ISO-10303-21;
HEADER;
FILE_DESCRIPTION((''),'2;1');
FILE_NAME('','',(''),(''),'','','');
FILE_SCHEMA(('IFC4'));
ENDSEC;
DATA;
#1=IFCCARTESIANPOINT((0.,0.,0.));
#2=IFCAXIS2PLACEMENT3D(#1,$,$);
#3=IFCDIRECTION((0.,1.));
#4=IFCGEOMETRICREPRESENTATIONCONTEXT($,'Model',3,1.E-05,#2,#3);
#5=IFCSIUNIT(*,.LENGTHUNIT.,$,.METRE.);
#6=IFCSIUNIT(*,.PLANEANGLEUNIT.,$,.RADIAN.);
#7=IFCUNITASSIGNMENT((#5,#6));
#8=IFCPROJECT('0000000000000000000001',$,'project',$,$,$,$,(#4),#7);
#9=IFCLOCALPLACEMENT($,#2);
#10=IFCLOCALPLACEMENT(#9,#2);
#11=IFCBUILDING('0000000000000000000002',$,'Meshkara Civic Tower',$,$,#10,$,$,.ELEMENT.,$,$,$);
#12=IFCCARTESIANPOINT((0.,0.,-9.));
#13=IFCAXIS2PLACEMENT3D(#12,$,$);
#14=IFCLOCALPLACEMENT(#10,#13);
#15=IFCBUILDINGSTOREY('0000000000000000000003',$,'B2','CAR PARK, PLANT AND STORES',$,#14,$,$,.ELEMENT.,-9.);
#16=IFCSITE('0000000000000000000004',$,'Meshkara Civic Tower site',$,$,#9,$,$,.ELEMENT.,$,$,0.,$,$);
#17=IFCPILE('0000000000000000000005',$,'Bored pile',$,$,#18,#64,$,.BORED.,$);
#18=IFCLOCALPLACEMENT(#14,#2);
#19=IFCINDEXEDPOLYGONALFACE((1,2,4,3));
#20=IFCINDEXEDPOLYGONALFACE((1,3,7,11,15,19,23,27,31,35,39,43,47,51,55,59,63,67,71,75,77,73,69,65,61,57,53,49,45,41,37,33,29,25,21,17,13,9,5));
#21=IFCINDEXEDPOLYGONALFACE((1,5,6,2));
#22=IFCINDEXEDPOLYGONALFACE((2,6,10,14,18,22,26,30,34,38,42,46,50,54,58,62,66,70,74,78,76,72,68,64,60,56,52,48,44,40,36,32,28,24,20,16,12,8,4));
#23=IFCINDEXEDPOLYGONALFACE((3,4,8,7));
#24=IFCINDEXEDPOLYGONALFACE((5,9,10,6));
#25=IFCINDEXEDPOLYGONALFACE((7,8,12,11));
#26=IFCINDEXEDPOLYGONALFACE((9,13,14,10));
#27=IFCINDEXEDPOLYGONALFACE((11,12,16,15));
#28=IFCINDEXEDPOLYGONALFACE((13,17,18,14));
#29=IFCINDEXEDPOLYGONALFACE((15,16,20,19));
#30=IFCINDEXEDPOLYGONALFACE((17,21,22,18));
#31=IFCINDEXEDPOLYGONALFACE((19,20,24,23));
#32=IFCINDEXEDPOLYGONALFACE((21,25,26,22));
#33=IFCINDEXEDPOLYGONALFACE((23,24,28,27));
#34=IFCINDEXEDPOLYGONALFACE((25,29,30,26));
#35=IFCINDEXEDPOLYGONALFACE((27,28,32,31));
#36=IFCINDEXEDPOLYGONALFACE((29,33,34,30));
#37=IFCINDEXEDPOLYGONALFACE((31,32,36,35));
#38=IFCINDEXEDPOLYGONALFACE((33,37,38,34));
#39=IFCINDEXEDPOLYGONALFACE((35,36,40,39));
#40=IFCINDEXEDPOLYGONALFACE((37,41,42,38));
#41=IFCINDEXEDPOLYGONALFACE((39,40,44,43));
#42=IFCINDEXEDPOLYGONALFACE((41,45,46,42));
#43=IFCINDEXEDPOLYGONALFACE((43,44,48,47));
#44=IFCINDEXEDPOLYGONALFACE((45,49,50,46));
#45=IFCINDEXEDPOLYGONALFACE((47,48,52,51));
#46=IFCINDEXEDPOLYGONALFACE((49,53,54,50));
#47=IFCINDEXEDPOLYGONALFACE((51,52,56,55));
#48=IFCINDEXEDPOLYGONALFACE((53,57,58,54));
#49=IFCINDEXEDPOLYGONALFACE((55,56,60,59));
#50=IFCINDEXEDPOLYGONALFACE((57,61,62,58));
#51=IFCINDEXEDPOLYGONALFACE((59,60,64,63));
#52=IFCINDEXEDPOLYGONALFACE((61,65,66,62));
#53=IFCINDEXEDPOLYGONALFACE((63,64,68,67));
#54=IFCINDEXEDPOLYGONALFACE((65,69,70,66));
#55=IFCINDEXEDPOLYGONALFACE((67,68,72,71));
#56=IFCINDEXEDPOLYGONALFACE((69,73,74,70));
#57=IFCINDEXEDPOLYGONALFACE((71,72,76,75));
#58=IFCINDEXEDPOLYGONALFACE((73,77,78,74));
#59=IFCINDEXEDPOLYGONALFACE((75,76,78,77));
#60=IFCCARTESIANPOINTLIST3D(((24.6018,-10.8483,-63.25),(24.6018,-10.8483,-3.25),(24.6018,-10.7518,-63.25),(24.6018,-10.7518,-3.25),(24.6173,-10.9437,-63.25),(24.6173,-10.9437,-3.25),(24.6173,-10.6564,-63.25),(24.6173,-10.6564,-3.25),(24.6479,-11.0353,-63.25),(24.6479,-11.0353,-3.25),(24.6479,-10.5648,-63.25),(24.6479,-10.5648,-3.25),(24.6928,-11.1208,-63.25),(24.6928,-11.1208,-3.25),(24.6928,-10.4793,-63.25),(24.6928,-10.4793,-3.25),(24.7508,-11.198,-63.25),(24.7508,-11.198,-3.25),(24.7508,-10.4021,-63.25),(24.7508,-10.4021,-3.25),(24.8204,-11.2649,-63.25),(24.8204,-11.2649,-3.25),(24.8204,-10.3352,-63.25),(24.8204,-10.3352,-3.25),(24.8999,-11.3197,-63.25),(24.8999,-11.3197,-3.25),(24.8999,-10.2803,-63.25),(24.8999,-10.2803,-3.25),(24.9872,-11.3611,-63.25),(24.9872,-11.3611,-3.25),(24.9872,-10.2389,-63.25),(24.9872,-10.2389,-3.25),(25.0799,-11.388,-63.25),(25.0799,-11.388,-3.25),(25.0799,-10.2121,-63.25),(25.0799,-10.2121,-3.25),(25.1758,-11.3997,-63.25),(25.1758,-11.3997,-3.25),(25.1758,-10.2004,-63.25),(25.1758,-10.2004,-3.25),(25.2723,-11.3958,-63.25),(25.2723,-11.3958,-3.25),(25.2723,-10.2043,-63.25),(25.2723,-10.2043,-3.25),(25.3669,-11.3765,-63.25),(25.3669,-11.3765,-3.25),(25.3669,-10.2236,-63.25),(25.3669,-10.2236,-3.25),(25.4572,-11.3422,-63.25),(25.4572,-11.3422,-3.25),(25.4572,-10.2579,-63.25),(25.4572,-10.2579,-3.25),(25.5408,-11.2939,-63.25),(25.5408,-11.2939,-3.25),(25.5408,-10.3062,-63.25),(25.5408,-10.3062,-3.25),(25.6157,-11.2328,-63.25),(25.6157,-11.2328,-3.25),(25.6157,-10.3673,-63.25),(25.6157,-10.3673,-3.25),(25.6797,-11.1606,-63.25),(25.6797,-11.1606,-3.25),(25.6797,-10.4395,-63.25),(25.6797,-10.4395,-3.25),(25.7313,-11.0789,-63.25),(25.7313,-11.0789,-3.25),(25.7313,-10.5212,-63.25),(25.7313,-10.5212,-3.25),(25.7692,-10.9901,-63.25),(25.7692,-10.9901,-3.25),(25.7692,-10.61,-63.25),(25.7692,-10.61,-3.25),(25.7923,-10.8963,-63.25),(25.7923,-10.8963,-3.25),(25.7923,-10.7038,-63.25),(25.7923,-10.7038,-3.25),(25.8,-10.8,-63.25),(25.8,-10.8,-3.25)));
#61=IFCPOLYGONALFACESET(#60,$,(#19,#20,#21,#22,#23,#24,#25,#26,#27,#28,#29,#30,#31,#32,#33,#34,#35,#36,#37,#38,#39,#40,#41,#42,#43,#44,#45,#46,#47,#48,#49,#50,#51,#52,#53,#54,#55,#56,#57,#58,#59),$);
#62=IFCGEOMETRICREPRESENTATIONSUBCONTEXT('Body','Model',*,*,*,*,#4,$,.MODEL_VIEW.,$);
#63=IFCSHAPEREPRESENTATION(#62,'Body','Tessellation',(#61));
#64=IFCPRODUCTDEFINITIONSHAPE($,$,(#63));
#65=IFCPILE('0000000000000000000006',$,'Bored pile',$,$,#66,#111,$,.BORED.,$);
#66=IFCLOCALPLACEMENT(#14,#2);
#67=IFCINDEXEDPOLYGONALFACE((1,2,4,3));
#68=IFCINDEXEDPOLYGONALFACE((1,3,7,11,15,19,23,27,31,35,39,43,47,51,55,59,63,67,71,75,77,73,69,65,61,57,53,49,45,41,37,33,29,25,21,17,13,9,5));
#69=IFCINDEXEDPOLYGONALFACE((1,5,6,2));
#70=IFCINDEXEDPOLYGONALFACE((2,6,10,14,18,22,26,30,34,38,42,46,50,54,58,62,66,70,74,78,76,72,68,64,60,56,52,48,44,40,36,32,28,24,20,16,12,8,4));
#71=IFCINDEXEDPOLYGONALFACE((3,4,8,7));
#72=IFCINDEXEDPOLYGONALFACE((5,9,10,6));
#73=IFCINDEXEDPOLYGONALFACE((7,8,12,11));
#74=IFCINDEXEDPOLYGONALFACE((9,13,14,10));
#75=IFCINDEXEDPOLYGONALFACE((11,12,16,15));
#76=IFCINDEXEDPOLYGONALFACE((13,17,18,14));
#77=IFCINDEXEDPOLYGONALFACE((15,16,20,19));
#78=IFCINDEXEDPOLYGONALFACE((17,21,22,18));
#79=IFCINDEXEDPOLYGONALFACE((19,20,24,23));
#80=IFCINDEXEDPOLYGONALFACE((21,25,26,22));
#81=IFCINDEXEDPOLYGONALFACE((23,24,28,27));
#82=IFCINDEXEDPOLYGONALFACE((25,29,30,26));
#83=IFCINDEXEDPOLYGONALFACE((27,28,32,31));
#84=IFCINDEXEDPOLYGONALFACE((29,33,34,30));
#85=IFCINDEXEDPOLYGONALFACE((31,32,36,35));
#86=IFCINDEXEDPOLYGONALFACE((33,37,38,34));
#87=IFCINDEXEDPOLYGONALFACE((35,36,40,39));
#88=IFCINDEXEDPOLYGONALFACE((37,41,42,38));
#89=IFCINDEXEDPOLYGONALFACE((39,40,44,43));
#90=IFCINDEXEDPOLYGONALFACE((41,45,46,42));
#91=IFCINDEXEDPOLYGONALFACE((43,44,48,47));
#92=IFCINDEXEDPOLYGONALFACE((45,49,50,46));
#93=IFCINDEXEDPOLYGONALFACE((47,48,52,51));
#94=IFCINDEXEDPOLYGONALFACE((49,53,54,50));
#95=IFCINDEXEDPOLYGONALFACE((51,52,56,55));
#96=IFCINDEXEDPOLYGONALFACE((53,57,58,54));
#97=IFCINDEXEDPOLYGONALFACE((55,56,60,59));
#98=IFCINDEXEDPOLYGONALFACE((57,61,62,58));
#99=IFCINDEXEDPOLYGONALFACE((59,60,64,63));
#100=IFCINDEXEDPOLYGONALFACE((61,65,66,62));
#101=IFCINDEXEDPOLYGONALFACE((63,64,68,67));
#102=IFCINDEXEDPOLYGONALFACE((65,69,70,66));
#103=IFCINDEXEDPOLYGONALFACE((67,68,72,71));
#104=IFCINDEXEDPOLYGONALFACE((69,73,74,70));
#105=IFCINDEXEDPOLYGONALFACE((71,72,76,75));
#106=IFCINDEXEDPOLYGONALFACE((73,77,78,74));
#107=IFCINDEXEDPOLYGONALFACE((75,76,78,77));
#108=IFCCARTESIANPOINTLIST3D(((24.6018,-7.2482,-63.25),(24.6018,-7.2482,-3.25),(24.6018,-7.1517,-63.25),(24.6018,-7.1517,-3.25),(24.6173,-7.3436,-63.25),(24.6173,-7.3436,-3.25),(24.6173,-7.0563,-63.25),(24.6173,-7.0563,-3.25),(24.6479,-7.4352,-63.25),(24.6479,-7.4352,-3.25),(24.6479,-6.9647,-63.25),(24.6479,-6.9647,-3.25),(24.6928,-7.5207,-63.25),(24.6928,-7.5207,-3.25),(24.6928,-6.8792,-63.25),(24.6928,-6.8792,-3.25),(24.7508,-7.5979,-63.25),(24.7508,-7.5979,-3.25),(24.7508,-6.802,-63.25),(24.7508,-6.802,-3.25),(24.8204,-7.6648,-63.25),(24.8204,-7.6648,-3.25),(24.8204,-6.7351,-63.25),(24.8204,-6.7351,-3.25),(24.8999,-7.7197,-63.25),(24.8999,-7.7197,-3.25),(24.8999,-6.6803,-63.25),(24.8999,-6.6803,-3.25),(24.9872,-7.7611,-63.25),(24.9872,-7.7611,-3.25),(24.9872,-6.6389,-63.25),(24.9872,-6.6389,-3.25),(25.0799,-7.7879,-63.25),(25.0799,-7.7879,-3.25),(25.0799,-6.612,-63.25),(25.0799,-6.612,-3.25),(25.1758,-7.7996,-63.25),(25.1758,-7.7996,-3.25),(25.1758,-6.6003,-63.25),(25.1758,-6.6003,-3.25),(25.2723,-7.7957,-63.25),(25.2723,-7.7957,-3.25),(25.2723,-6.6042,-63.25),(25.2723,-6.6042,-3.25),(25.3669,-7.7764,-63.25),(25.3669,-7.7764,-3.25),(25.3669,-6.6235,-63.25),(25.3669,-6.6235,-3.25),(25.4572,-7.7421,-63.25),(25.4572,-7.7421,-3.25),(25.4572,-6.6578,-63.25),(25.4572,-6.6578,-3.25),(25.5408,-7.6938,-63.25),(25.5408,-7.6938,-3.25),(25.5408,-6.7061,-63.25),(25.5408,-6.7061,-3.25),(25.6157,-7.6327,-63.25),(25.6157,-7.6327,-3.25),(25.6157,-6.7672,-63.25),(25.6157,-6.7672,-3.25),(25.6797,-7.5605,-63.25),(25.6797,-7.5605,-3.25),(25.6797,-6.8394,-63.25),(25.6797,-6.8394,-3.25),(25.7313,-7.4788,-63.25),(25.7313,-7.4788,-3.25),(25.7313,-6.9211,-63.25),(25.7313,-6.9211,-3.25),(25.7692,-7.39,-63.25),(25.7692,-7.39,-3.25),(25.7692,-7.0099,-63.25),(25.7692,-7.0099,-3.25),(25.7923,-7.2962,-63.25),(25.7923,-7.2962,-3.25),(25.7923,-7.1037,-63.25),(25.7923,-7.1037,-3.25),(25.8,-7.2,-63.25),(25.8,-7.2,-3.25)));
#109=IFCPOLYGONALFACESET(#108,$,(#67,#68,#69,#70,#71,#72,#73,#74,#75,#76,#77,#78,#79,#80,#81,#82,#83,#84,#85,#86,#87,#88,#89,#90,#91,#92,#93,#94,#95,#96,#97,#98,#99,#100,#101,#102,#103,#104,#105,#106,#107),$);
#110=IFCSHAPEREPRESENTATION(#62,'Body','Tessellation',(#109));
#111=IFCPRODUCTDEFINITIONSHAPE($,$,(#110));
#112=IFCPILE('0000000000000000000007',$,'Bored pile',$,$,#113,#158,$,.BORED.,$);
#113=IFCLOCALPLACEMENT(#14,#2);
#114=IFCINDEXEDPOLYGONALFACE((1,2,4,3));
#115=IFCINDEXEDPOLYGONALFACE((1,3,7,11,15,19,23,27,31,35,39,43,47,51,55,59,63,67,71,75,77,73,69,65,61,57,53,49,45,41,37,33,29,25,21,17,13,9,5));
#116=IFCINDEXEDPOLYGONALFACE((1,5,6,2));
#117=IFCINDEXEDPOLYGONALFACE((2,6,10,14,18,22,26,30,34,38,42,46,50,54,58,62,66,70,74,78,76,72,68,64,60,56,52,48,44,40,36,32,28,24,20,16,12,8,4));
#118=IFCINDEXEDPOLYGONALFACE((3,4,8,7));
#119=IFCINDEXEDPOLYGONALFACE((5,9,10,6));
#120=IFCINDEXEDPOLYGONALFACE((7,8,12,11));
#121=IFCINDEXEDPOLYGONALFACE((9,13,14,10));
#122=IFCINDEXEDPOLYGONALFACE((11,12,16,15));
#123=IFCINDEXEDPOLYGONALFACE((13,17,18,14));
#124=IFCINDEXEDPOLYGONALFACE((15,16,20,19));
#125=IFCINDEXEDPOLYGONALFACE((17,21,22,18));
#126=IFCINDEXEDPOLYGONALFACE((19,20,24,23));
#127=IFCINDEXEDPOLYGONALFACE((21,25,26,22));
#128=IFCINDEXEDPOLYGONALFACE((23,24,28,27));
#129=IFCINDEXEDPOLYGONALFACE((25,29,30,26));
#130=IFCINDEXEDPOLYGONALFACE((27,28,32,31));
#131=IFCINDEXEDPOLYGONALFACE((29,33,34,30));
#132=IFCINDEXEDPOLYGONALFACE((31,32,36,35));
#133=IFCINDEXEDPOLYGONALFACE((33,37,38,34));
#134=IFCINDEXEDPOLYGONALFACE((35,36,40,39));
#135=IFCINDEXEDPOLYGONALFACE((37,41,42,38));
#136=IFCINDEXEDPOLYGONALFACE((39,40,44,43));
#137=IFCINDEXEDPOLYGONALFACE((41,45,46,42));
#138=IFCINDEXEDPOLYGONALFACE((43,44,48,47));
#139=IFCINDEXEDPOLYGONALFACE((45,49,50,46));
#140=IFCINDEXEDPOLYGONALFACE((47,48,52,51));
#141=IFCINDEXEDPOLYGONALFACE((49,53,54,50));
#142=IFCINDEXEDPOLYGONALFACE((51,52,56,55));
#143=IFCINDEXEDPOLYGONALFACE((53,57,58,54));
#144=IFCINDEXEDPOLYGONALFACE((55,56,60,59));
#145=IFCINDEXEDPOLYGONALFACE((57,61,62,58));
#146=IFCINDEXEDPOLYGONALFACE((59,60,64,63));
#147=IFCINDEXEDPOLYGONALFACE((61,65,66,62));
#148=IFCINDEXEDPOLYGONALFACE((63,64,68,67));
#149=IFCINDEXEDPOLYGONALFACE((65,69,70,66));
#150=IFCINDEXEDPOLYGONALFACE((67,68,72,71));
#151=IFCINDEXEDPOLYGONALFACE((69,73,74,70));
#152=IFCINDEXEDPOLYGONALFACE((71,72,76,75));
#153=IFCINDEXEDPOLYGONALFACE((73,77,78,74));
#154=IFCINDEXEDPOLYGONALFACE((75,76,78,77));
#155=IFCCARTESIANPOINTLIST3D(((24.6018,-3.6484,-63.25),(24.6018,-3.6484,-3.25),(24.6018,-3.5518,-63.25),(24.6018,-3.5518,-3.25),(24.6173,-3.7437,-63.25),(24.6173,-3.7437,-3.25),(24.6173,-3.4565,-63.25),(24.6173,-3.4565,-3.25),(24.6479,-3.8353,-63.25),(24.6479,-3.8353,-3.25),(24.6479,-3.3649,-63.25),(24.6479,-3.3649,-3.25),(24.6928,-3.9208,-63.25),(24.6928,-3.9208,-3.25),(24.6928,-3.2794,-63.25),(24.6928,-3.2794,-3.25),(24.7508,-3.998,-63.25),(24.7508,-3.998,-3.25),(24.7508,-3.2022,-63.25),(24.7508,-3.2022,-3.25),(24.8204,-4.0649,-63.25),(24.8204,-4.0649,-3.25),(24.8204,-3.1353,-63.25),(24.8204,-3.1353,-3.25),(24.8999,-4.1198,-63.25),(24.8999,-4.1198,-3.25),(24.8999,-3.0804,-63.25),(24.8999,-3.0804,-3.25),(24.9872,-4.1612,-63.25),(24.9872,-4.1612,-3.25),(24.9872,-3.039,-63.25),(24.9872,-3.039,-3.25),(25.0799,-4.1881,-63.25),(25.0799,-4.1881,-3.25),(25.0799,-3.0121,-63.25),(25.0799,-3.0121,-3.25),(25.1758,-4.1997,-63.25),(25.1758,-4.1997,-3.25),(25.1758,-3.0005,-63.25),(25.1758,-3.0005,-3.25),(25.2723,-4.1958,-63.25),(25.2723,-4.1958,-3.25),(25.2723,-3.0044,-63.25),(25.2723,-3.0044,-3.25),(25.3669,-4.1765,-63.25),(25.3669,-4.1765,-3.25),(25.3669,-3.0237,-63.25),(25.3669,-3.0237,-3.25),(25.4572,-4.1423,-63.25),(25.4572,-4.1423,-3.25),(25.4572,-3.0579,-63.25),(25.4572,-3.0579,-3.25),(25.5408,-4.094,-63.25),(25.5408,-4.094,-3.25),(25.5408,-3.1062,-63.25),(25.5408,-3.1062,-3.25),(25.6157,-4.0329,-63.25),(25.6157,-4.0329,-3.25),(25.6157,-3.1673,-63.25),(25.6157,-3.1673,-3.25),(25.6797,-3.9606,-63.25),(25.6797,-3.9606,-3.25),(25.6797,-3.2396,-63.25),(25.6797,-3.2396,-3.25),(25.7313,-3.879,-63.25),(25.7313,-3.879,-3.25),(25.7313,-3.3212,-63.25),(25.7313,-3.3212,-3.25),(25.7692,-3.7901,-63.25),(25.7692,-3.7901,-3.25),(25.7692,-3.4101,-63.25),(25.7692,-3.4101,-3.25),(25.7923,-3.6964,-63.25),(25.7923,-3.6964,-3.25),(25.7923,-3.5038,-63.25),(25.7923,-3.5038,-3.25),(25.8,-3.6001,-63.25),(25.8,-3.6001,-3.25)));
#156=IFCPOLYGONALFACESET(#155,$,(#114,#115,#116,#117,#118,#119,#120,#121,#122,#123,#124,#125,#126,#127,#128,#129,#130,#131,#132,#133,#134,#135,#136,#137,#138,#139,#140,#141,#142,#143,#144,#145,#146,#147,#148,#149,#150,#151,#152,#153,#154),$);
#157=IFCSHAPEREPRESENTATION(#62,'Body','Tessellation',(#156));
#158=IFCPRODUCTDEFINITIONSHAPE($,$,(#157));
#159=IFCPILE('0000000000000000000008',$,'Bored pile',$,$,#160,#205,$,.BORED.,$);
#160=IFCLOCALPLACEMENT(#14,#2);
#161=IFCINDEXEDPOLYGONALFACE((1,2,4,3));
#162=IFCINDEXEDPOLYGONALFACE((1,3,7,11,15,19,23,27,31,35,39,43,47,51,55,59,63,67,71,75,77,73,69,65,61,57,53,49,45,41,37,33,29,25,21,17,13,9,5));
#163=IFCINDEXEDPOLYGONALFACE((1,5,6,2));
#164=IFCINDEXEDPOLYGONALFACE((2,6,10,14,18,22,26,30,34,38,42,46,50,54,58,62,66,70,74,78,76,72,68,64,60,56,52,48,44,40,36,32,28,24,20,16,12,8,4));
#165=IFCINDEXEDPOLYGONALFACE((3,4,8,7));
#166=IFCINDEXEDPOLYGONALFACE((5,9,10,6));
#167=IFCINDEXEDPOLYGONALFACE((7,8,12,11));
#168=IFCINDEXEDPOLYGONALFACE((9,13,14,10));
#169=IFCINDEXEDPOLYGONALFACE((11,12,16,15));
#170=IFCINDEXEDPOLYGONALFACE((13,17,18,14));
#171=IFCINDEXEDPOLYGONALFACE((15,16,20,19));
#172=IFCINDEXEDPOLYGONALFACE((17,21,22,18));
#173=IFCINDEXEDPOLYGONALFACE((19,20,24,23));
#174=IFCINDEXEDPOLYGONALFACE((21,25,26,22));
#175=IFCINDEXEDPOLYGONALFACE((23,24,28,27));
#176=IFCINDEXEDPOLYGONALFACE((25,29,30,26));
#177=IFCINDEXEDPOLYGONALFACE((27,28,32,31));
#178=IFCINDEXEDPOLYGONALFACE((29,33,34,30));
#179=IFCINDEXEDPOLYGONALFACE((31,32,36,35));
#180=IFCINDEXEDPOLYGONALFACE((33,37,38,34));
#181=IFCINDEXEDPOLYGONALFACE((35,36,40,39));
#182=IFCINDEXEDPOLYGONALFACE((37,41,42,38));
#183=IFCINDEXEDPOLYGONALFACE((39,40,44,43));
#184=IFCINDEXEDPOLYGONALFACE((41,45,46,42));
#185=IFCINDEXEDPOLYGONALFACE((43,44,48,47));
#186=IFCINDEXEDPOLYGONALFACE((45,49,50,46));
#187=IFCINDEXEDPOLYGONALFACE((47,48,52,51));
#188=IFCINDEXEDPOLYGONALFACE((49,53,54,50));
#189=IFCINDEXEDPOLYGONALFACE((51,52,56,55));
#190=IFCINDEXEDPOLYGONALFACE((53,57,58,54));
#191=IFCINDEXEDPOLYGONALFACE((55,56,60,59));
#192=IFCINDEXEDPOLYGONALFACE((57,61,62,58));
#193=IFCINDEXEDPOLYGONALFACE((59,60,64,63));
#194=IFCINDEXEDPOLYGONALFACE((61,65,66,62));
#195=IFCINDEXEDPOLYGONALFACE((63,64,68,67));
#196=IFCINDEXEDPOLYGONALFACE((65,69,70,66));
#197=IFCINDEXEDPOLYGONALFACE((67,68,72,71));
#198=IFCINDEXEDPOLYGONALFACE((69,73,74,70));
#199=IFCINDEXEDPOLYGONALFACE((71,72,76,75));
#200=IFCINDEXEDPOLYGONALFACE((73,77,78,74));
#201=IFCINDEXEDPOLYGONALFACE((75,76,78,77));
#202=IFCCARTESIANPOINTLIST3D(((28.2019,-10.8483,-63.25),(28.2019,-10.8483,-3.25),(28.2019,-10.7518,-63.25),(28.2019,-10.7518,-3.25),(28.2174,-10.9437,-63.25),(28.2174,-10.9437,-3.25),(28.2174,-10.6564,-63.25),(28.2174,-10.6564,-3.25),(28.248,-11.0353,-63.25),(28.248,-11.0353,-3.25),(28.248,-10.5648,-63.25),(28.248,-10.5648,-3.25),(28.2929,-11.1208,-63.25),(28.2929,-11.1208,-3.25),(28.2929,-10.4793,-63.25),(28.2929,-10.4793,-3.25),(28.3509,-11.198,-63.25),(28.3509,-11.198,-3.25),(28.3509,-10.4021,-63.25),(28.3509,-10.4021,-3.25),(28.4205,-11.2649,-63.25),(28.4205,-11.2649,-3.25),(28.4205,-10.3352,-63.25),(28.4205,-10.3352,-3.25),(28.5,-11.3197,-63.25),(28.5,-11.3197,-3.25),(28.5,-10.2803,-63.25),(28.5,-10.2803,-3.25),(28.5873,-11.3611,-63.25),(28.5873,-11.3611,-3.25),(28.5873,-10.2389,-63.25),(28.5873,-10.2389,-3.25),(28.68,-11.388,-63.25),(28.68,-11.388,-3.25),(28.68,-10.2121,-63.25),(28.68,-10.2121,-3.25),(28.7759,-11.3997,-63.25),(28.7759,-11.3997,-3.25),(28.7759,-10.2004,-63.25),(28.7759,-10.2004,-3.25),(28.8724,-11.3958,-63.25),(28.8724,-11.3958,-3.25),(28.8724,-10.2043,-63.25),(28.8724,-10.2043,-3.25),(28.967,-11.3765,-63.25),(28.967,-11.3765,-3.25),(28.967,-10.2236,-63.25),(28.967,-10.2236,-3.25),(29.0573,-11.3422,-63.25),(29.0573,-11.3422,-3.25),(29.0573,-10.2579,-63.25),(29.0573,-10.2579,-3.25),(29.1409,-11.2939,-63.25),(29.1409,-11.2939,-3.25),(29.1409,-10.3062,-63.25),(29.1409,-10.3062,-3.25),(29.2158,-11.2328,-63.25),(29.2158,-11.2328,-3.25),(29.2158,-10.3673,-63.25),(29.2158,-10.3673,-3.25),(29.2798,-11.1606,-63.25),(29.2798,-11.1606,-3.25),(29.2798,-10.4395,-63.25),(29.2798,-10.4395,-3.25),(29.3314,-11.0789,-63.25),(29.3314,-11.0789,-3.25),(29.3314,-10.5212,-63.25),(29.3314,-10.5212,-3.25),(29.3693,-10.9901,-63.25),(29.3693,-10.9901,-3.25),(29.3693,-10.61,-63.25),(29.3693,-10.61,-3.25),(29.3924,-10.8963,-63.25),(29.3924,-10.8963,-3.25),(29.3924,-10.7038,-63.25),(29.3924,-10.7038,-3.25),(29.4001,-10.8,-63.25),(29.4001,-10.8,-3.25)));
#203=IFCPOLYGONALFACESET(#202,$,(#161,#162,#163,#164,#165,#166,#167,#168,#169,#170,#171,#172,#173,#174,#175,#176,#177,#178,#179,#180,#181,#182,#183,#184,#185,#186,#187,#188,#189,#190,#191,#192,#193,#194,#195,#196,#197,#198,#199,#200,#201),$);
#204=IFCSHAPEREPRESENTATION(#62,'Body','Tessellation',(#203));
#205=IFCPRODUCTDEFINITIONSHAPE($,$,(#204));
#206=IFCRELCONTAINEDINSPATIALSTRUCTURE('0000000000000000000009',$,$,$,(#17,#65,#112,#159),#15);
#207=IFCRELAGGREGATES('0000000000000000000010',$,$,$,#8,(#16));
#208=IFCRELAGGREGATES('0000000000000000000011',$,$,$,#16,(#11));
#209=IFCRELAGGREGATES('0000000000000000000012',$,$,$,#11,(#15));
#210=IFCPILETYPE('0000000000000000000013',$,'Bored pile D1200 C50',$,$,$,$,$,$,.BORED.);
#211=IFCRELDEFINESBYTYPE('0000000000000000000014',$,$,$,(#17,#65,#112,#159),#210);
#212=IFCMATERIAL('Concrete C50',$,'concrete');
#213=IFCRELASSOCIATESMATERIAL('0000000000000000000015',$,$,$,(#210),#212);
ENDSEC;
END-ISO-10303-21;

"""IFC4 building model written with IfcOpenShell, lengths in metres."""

from ifc_helpers import new_model, si_unit, direction, frame, origin, origin_2d, place, context, subcontext, project, spatial, circle, extrude, material, material_profile, profile_set, type_object, element, save


model = new_model("IFC4")

# Units and contexts
model_context = context("Model", 3, precision=1e-05, world=origin(), true_north=direction((0.0, 1.0)))
body_context = subcontext(model_context, "Body", "Model", "MODEL_VIEW")
ifc_project = project(units=[si_unit("LENGTHUNIT", "METRE"), si_unit("PLANEANGLEUNIT", "RADIAN")], contexts=[model_context])

# Site, building, storey
site_placement = place(None, origin())
site = spatial("IfcSite", under=ifc_project, at=site_placement, Name="Meshkara Civic Tower site", CompositionType="ELEMENT", RefElevation=0.0)
building_placement = place(site_placement, origin())
building = spatial("IfcBuilding", under=site, at=building_placement, Name="Meshkara Civic Tower", CompositionType="ELEMENT")
storey_placement = place(building_placement, frame((0.0, 0.0, -9.0)))
storey = spatial("IfcBuildingStorey", under=building, at=storey_placement, Name="B2", Description="CAR PARK, PLANT AND STORES", CompositionType="ELEMENT", Elevation=-9.0)

# Piles
ifc_material_1 = material(Name="Concrete C50", Category="concrete")
ifc_material_profile_1 = material_profile(ifc_material_1, circle(Radius=0.6001, at=origin_2d()))
ifc_profile_set_1 = profile_set([ifc_material_profile_1], Name="Concrete C50")
pile_type = type_object("IfcPileType", Name="Bored pile D1200 C50", PredefinedType="BORED", material=ifc_profile_set_1)
for number, where, z_axis, x_axis, name in (
    (1, (25.2, -10.8, -3.25), (0.0, 0.0, -1.0), (1.0, 0.0, 0.0), "Bored pile"),
    (2, (25.2, -7.2, -3.25), (0.0, 0.0, -1.0), (1.0, 0.0, 0.0), "Bored pile"),
    (3, (25.2, -3.6001, -3.25), (0.0, 0.0, -1.0), (1.0, 0.0, 0.0), "Bored pile"),
    (4, (28.8, -10.8, -3.25), (0.0, 0.0, -1.0), (1.0, 0.0, 0.0), "Bored pile"),
):
    element("IfcPile", number, at=place(storey_placement, frame(where, z_axis=z_axis, x_axis=x_axis)), inside=storey, type_object=pile_type, Name=name, PredefinedType="BORED", context=body_context, shape_type="SweptSolid", body=[
        extrude(circle(Radius=0.6001, at=origin_2d()), origin(), (0.0, 0.0, 1.0), 60.0),
    ])

save(model, "model.ifc")
